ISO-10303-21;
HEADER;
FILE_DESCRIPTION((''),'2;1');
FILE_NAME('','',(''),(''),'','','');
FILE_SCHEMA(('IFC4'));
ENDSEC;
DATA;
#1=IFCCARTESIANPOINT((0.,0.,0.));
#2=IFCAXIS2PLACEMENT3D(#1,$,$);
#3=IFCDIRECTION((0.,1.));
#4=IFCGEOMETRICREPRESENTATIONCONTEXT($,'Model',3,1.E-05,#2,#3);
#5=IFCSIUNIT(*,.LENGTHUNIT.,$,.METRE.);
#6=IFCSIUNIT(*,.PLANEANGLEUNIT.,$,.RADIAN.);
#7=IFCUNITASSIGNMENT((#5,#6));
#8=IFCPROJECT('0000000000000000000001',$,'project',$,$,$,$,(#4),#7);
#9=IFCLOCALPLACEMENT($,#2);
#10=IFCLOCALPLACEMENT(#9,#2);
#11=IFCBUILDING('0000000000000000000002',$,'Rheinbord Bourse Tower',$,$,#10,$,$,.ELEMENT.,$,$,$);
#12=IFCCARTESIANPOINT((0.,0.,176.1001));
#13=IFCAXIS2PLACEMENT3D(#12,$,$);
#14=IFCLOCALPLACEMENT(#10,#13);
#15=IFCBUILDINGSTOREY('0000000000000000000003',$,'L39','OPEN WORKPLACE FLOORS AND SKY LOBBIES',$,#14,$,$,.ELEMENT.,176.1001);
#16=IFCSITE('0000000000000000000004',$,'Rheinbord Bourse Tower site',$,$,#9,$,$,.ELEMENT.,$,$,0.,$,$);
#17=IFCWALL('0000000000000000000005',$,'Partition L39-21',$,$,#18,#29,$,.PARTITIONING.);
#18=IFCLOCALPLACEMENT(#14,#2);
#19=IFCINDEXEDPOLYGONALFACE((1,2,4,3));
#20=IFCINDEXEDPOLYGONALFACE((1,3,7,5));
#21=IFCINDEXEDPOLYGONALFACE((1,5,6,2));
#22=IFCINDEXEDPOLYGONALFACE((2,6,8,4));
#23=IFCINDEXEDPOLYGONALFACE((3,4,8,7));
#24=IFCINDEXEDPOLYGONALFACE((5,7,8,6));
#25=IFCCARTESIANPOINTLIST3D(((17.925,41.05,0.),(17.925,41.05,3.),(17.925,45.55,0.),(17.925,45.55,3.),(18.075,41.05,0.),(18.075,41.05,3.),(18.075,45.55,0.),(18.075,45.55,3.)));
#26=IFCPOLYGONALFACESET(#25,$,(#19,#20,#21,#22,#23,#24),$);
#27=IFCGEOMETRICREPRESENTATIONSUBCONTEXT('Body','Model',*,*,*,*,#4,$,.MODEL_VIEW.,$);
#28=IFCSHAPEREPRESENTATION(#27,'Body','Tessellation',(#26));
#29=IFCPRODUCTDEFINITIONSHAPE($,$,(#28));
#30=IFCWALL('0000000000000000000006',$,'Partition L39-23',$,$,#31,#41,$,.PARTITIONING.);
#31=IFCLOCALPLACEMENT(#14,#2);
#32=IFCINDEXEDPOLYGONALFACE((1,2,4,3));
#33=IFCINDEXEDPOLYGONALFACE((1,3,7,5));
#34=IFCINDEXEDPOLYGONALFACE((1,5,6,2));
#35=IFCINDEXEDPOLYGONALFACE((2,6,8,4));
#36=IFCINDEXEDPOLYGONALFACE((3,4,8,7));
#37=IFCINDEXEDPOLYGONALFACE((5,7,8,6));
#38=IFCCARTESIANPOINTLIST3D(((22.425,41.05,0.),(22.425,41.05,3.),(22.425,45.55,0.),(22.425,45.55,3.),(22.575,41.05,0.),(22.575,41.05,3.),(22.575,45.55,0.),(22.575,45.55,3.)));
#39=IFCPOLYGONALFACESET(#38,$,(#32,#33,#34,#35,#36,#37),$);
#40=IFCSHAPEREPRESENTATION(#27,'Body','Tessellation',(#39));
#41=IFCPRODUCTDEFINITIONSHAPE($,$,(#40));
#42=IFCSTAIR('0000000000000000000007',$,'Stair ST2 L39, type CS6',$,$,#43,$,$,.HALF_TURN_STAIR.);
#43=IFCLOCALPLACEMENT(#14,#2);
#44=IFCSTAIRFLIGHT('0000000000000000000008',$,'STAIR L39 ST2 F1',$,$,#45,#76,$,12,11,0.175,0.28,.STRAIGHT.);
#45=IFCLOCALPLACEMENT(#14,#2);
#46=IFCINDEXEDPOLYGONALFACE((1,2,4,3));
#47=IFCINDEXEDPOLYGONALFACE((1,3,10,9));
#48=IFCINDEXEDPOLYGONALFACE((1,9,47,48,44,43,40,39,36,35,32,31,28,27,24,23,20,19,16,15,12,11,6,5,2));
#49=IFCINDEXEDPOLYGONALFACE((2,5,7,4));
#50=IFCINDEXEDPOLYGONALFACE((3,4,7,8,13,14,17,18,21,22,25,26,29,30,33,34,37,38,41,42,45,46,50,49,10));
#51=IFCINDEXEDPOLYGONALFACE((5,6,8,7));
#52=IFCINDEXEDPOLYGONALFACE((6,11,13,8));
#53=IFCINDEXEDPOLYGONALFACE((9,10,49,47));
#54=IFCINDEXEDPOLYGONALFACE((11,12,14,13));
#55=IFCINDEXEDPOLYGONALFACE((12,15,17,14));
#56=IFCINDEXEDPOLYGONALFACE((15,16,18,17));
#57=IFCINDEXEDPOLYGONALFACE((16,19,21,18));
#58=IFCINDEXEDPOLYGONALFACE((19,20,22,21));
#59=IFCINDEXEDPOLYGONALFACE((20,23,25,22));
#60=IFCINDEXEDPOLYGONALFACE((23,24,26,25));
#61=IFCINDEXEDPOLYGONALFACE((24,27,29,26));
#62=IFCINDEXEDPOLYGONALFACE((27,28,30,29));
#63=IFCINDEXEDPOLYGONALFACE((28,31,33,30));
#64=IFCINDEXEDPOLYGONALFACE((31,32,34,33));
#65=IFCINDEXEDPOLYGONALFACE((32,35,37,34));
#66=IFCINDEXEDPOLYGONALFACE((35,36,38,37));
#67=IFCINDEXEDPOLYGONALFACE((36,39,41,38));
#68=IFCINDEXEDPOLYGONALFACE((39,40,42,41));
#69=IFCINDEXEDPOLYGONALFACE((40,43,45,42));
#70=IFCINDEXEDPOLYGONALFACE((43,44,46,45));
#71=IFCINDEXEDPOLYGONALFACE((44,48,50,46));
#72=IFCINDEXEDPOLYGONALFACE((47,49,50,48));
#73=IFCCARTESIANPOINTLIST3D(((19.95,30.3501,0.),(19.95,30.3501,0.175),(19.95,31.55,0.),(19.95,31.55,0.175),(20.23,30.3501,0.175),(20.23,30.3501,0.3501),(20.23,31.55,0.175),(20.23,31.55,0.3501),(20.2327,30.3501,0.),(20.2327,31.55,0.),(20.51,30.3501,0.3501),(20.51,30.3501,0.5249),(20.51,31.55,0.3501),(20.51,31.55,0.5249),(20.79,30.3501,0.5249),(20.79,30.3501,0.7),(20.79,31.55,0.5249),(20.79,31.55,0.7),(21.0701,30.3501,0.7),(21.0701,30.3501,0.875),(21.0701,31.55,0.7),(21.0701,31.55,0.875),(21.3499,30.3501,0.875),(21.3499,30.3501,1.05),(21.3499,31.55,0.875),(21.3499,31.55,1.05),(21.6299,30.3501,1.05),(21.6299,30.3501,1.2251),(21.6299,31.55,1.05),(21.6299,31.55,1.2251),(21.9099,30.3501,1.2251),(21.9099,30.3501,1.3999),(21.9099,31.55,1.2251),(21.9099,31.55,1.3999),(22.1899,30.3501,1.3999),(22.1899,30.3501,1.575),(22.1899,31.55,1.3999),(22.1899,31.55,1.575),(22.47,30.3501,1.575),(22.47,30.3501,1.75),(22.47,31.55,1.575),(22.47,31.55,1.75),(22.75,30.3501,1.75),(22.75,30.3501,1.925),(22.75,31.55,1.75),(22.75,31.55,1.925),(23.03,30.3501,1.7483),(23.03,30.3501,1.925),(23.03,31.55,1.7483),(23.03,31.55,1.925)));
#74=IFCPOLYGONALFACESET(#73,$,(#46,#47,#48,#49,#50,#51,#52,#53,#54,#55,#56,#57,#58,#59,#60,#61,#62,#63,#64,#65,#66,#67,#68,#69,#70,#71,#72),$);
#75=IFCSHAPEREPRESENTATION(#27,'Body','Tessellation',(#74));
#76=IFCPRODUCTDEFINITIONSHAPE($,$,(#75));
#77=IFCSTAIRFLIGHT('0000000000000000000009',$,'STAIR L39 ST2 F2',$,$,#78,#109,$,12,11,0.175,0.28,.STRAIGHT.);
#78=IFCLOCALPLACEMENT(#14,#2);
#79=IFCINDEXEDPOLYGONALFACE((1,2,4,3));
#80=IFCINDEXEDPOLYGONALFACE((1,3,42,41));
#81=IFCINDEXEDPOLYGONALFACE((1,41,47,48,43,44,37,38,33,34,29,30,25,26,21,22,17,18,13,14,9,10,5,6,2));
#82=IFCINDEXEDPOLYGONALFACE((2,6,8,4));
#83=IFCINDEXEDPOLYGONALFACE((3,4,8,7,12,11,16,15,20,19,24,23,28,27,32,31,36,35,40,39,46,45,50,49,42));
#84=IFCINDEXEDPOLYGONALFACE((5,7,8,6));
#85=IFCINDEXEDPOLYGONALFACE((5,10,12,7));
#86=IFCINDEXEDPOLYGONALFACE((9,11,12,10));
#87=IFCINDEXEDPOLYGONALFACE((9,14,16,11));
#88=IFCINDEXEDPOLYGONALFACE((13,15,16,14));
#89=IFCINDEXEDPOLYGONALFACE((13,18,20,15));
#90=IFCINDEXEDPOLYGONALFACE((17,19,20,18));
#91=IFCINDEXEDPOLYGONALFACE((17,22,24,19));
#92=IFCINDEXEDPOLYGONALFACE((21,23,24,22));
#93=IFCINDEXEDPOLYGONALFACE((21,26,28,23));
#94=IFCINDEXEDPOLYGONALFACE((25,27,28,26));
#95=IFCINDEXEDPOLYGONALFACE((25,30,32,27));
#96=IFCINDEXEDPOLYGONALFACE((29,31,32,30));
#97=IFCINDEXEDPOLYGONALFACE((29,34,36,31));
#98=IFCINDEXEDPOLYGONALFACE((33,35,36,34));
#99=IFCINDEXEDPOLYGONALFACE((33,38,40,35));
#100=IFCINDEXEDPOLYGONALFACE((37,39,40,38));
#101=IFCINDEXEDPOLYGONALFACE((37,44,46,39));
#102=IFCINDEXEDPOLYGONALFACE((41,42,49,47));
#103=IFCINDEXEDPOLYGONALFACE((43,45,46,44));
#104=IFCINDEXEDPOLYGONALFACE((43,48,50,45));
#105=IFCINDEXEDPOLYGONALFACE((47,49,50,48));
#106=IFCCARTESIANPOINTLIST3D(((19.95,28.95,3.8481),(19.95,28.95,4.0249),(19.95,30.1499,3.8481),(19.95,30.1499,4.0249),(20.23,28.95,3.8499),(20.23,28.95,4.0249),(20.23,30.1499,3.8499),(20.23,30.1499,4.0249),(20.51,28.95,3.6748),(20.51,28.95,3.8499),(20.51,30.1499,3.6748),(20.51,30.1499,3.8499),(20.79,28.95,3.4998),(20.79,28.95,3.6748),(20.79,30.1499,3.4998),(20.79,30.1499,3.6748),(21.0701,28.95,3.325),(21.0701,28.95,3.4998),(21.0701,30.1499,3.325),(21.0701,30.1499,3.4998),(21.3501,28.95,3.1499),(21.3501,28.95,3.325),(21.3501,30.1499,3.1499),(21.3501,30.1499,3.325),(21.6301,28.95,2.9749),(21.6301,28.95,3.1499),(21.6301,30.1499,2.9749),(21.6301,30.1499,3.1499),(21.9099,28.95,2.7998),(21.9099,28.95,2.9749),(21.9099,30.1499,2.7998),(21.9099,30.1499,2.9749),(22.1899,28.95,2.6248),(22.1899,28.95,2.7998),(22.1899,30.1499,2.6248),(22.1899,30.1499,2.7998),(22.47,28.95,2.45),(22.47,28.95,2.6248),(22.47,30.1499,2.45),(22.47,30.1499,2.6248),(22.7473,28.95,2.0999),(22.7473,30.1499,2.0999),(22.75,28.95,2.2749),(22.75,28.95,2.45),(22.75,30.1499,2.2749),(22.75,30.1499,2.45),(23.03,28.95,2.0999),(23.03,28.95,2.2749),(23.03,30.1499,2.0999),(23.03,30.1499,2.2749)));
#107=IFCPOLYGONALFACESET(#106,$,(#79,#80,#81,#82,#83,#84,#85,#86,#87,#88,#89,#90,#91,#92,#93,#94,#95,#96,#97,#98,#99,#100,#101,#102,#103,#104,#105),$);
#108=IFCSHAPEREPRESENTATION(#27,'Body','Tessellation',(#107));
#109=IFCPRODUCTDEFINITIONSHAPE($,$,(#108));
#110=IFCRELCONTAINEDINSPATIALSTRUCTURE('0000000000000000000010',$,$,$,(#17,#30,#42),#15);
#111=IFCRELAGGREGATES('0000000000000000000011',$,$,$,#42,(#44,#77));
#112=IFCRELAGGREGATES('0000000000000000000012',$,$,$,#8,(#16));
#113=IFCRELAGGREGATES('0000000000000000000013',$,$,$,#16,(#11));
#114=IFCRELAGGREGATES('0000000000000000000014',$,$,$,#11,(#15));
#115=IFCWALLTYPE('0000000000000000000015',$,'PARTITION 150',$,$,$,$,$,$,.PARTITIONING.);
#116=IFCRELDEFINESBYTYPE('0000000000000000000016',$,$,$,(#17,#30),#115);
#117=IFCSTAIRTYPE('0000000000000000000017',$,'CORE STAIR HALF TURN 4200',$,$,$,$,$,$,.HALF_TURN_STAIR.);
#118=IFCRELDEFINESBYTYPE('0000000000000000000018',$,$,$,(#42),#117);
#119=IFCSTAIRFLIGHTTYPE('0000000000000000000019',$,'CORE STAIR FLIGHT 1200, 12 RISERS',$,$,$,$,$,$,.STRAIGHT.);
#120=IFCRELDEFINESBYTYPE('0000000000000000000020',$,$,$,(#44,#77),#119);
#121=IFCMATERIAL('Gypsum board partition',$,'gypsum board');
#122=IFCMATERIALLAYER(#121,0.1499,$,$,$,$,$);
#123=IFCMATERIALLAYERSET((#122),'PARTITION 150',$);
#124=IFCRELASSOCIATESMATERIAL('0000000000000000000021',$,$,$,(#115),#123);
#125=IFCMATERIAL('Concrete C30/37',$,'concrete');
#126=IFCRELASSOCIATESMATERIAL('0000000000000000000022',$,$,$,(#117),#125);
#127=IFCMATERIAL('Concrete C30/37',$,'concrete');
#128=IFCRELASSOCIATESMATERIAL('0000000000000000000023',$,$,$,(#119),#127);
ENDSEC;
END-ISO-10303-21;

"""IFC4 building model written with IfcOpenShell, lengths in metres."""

from ifc_helpers import new_model, si_unit, direction, frame, frame_2d, origin, place, context, subcontext, project, spatial, polyline, rectangle, outline, extrude, material, layer, layer_set, type_object, element, aggregate, save


model = new_model("IFC4")

# Units and contexts
model_context = context("Model", 3, precision=1e-05, world=origin(), true_north=direction((0.0, 1.0)))
body_context = subcontext(model_context, "Body", "Model", "MODEL_VIEW")
ifc_project = project(units=[si_unit("LENGTHUNIT", "METRE"), si_unit("PLANEANGLEUNIT", "RADIAN")], contexts=[model_context])

# Site, building, storey
site_placement = place(None, origin())
site = spatial("IfcSite", under=ifc_project, at=site_placement, Name="Rheinbord Bourse Tower site", CompositionType="ELEMENT", RefElevation=0.0)
building_placement = place(site_placement, origin())
building = spatial("IfcBuilding", under=site, at=building_placement, Name="Rheinbord Bourse Tower", CompositionType="ELEMENT")
storey_placement = place(building_placement, frame((0.0, 0.0, 176.1001)))
storey = spatial("IfcBuildingStorey", under=building, at=storey_placement, Name="L39", Description="OPEN WORKPLACE FLOORS AND SKY LOBBIES", CompositionType="ELEMENT", Elevation=176.1001)

# Walls
ifc_material_1 = material(Name="Gypsum board partition", Category="gypsum board")
ifc_layer_1 = layer(ifc_material_1, 0.1499)
ifc_layer_set_1 = layer_set([ifc_layer_1], Name="PARTITION 150")
wall_type_1 = type_object("IfcWallType", Name="PARTITION 150", PredefinedType="PARTITIONING", material=ifc_layer_set_1)
for number, where, z_axis, x_axis, name in (
    (1, (18.0, 41.05, 0.0), (0.0, 0.0, 1.0), (0.0, 1.0, 0.0), "Partition L39-21"),
    (2, (22.5, 41.05, 0.0), (0.0, 0.0, 1.0), (0.0, 1.0, 0.0), "Partition L39-23"),
):
    element("IfcWall", number, at=place(storey_placement, frame(where, z_axis=z_axis, x_axis=x_axis)), inside=storey, type_object=wall_type_1, Name=name, PredefinedType="PARTITIONING", context=body_context, shape_type="SweptSolid", body=[
        extrude(rectangle(XDim=4.5, YDim=0.1499, at=frame_2d((2.25, 0.0))), origin(), (0.0, 0.0, 1.0), 3.0),
    ])

# Stair, stair flights
ifc_material_2 = material(Name="Concrete C30/37", Category="concrete")
stair_type = type_object("IfcStairType", Name="CORE STAIR HALF TURN 4200", PredefinedType="HALF_TURN_STAIR", material=ifc_material_2)
stair_placement = place(storey_placement, origin())
stair = element("IfcStair", 3, at=stair_placement, inside=storey, type_object=stair_type, Name="Stair ST2 L39, type CS6", PredefinedType="HALF_TURN_STAIR")
ifc_material_3 = material(Name="Concrete C30/37", Category="concrete")
stair_flight_type = type_object("IfcStairFlightType", Name="CORE STAIR FLIGHT 1200, 12 RISERS", PredefinedType="STRAIGHT", material=ifc_material_3)
stair_flight_1_placement = place(storey_placement, frame((19.95, 30.95, 0.0), z_axis=(0.0, 0.0, 1.0), x_axis=(1.0, 0.0, 0.0)))
stair_flight_1 = element("IfcStairFlight", 4, at=stair_flight_1_placement, type_object=stair_flight_type, Name="STAIR L39 ST2 F1", NumberOfRisers=12, NumberOfTreads=11, PredefinedType="STRAIGHT", RiserHeight=0.175, TreadLength=0.28, context=body_context, shape_type="SweptSolid", body=[
    extrude(outline(polyline([(0.0, 0.0), (0.0, 0.175), (0.28, 0.175), (0.28, 0.3501), (0.5601, 0.3501), (0.5601, 0.5249), (0.8401, 0.5249), (0.8401, 0.7), (1.1201, 0.7), (1.1201, 0.875), (1.3999, 0.875), (1.3999, 1.05), (1.6799, 1.05), (1.6799, 1.2251), (1.96, 1.2251), (1.96, 1.3999), (2.24, 1.3999), (2.24, 1.575), (2.52, 1.575), (2.52, 1.75), (2.8, 1.75), (2.8, 1.925), (3.0801, 1.925), (3.0801, 2.1001), (3.0801, 1.7483), (0.2827, 0.0), (0.0, 0.0)])), frame((0.0, 0.6001, 0.0), z_axis=(0.0, -1.0, 0.0), x_axis=(1.0, 0.0, 0.0)), (0.0, 0.0, 1.0), 1.2),
])
stair_flight_2_placement = place(storey_placement, frame((23.03, 29.55, 2.0999), z_axis=(0.0, 0.0, 1.0), x_axis=(-1.0, 0.0, 0.0)))
stair_flight_2 = element("IfcStairFlight", 5, at=stair_flight_2_placement, type_object=stair_flight_type, Name="STAIR L39 ST2 F2", NumberOfRisers=12, NumberOfTreads=11, PredefinedType="STRAIGHT", RiserHeight=0.175, TreadLength=0.28, context=body_context, shape_type="SweptSolid", body=[
    extrude(outline(polyline([(0.0, 0.0), (0.0, 0.175), (0.28, 0.175), (0.28, 0.3501), (0.5601, 0.3501), (0.5601, 0.5249), (0.8401, 0.5249), (0.8401, 0.7), (1.1201, 0.7), (1.1201, 0.875), (1.3999, 0.875), (1.3999, 1.05), (1.6799, 1.05), (1.6799, 1.2251), (1.96, 1.2251), (1.96, 1.3999), (2.24, 1.3999), (2.24, 1.575), (2.52, 1.575), (2.52, 1.75), (2.8, 1.75), (2.8, 1.925), (3.0801, 1.925), (3.0801, 2.1001), (3.0801, 1.7483), (0.2827, 0.0), (0.0, 0.0)])), frame((0.0, 0.6001, 0.0), z_axis=(0.0, -1.0, 0.0), x_axis=(1.0, 0.0, 0.0)), (0.0, 0.0, 1.0), 1.2),
])
aggregate(stair, [stair_flight_1, stair_flight_2])

save(model, "model.ifc")
